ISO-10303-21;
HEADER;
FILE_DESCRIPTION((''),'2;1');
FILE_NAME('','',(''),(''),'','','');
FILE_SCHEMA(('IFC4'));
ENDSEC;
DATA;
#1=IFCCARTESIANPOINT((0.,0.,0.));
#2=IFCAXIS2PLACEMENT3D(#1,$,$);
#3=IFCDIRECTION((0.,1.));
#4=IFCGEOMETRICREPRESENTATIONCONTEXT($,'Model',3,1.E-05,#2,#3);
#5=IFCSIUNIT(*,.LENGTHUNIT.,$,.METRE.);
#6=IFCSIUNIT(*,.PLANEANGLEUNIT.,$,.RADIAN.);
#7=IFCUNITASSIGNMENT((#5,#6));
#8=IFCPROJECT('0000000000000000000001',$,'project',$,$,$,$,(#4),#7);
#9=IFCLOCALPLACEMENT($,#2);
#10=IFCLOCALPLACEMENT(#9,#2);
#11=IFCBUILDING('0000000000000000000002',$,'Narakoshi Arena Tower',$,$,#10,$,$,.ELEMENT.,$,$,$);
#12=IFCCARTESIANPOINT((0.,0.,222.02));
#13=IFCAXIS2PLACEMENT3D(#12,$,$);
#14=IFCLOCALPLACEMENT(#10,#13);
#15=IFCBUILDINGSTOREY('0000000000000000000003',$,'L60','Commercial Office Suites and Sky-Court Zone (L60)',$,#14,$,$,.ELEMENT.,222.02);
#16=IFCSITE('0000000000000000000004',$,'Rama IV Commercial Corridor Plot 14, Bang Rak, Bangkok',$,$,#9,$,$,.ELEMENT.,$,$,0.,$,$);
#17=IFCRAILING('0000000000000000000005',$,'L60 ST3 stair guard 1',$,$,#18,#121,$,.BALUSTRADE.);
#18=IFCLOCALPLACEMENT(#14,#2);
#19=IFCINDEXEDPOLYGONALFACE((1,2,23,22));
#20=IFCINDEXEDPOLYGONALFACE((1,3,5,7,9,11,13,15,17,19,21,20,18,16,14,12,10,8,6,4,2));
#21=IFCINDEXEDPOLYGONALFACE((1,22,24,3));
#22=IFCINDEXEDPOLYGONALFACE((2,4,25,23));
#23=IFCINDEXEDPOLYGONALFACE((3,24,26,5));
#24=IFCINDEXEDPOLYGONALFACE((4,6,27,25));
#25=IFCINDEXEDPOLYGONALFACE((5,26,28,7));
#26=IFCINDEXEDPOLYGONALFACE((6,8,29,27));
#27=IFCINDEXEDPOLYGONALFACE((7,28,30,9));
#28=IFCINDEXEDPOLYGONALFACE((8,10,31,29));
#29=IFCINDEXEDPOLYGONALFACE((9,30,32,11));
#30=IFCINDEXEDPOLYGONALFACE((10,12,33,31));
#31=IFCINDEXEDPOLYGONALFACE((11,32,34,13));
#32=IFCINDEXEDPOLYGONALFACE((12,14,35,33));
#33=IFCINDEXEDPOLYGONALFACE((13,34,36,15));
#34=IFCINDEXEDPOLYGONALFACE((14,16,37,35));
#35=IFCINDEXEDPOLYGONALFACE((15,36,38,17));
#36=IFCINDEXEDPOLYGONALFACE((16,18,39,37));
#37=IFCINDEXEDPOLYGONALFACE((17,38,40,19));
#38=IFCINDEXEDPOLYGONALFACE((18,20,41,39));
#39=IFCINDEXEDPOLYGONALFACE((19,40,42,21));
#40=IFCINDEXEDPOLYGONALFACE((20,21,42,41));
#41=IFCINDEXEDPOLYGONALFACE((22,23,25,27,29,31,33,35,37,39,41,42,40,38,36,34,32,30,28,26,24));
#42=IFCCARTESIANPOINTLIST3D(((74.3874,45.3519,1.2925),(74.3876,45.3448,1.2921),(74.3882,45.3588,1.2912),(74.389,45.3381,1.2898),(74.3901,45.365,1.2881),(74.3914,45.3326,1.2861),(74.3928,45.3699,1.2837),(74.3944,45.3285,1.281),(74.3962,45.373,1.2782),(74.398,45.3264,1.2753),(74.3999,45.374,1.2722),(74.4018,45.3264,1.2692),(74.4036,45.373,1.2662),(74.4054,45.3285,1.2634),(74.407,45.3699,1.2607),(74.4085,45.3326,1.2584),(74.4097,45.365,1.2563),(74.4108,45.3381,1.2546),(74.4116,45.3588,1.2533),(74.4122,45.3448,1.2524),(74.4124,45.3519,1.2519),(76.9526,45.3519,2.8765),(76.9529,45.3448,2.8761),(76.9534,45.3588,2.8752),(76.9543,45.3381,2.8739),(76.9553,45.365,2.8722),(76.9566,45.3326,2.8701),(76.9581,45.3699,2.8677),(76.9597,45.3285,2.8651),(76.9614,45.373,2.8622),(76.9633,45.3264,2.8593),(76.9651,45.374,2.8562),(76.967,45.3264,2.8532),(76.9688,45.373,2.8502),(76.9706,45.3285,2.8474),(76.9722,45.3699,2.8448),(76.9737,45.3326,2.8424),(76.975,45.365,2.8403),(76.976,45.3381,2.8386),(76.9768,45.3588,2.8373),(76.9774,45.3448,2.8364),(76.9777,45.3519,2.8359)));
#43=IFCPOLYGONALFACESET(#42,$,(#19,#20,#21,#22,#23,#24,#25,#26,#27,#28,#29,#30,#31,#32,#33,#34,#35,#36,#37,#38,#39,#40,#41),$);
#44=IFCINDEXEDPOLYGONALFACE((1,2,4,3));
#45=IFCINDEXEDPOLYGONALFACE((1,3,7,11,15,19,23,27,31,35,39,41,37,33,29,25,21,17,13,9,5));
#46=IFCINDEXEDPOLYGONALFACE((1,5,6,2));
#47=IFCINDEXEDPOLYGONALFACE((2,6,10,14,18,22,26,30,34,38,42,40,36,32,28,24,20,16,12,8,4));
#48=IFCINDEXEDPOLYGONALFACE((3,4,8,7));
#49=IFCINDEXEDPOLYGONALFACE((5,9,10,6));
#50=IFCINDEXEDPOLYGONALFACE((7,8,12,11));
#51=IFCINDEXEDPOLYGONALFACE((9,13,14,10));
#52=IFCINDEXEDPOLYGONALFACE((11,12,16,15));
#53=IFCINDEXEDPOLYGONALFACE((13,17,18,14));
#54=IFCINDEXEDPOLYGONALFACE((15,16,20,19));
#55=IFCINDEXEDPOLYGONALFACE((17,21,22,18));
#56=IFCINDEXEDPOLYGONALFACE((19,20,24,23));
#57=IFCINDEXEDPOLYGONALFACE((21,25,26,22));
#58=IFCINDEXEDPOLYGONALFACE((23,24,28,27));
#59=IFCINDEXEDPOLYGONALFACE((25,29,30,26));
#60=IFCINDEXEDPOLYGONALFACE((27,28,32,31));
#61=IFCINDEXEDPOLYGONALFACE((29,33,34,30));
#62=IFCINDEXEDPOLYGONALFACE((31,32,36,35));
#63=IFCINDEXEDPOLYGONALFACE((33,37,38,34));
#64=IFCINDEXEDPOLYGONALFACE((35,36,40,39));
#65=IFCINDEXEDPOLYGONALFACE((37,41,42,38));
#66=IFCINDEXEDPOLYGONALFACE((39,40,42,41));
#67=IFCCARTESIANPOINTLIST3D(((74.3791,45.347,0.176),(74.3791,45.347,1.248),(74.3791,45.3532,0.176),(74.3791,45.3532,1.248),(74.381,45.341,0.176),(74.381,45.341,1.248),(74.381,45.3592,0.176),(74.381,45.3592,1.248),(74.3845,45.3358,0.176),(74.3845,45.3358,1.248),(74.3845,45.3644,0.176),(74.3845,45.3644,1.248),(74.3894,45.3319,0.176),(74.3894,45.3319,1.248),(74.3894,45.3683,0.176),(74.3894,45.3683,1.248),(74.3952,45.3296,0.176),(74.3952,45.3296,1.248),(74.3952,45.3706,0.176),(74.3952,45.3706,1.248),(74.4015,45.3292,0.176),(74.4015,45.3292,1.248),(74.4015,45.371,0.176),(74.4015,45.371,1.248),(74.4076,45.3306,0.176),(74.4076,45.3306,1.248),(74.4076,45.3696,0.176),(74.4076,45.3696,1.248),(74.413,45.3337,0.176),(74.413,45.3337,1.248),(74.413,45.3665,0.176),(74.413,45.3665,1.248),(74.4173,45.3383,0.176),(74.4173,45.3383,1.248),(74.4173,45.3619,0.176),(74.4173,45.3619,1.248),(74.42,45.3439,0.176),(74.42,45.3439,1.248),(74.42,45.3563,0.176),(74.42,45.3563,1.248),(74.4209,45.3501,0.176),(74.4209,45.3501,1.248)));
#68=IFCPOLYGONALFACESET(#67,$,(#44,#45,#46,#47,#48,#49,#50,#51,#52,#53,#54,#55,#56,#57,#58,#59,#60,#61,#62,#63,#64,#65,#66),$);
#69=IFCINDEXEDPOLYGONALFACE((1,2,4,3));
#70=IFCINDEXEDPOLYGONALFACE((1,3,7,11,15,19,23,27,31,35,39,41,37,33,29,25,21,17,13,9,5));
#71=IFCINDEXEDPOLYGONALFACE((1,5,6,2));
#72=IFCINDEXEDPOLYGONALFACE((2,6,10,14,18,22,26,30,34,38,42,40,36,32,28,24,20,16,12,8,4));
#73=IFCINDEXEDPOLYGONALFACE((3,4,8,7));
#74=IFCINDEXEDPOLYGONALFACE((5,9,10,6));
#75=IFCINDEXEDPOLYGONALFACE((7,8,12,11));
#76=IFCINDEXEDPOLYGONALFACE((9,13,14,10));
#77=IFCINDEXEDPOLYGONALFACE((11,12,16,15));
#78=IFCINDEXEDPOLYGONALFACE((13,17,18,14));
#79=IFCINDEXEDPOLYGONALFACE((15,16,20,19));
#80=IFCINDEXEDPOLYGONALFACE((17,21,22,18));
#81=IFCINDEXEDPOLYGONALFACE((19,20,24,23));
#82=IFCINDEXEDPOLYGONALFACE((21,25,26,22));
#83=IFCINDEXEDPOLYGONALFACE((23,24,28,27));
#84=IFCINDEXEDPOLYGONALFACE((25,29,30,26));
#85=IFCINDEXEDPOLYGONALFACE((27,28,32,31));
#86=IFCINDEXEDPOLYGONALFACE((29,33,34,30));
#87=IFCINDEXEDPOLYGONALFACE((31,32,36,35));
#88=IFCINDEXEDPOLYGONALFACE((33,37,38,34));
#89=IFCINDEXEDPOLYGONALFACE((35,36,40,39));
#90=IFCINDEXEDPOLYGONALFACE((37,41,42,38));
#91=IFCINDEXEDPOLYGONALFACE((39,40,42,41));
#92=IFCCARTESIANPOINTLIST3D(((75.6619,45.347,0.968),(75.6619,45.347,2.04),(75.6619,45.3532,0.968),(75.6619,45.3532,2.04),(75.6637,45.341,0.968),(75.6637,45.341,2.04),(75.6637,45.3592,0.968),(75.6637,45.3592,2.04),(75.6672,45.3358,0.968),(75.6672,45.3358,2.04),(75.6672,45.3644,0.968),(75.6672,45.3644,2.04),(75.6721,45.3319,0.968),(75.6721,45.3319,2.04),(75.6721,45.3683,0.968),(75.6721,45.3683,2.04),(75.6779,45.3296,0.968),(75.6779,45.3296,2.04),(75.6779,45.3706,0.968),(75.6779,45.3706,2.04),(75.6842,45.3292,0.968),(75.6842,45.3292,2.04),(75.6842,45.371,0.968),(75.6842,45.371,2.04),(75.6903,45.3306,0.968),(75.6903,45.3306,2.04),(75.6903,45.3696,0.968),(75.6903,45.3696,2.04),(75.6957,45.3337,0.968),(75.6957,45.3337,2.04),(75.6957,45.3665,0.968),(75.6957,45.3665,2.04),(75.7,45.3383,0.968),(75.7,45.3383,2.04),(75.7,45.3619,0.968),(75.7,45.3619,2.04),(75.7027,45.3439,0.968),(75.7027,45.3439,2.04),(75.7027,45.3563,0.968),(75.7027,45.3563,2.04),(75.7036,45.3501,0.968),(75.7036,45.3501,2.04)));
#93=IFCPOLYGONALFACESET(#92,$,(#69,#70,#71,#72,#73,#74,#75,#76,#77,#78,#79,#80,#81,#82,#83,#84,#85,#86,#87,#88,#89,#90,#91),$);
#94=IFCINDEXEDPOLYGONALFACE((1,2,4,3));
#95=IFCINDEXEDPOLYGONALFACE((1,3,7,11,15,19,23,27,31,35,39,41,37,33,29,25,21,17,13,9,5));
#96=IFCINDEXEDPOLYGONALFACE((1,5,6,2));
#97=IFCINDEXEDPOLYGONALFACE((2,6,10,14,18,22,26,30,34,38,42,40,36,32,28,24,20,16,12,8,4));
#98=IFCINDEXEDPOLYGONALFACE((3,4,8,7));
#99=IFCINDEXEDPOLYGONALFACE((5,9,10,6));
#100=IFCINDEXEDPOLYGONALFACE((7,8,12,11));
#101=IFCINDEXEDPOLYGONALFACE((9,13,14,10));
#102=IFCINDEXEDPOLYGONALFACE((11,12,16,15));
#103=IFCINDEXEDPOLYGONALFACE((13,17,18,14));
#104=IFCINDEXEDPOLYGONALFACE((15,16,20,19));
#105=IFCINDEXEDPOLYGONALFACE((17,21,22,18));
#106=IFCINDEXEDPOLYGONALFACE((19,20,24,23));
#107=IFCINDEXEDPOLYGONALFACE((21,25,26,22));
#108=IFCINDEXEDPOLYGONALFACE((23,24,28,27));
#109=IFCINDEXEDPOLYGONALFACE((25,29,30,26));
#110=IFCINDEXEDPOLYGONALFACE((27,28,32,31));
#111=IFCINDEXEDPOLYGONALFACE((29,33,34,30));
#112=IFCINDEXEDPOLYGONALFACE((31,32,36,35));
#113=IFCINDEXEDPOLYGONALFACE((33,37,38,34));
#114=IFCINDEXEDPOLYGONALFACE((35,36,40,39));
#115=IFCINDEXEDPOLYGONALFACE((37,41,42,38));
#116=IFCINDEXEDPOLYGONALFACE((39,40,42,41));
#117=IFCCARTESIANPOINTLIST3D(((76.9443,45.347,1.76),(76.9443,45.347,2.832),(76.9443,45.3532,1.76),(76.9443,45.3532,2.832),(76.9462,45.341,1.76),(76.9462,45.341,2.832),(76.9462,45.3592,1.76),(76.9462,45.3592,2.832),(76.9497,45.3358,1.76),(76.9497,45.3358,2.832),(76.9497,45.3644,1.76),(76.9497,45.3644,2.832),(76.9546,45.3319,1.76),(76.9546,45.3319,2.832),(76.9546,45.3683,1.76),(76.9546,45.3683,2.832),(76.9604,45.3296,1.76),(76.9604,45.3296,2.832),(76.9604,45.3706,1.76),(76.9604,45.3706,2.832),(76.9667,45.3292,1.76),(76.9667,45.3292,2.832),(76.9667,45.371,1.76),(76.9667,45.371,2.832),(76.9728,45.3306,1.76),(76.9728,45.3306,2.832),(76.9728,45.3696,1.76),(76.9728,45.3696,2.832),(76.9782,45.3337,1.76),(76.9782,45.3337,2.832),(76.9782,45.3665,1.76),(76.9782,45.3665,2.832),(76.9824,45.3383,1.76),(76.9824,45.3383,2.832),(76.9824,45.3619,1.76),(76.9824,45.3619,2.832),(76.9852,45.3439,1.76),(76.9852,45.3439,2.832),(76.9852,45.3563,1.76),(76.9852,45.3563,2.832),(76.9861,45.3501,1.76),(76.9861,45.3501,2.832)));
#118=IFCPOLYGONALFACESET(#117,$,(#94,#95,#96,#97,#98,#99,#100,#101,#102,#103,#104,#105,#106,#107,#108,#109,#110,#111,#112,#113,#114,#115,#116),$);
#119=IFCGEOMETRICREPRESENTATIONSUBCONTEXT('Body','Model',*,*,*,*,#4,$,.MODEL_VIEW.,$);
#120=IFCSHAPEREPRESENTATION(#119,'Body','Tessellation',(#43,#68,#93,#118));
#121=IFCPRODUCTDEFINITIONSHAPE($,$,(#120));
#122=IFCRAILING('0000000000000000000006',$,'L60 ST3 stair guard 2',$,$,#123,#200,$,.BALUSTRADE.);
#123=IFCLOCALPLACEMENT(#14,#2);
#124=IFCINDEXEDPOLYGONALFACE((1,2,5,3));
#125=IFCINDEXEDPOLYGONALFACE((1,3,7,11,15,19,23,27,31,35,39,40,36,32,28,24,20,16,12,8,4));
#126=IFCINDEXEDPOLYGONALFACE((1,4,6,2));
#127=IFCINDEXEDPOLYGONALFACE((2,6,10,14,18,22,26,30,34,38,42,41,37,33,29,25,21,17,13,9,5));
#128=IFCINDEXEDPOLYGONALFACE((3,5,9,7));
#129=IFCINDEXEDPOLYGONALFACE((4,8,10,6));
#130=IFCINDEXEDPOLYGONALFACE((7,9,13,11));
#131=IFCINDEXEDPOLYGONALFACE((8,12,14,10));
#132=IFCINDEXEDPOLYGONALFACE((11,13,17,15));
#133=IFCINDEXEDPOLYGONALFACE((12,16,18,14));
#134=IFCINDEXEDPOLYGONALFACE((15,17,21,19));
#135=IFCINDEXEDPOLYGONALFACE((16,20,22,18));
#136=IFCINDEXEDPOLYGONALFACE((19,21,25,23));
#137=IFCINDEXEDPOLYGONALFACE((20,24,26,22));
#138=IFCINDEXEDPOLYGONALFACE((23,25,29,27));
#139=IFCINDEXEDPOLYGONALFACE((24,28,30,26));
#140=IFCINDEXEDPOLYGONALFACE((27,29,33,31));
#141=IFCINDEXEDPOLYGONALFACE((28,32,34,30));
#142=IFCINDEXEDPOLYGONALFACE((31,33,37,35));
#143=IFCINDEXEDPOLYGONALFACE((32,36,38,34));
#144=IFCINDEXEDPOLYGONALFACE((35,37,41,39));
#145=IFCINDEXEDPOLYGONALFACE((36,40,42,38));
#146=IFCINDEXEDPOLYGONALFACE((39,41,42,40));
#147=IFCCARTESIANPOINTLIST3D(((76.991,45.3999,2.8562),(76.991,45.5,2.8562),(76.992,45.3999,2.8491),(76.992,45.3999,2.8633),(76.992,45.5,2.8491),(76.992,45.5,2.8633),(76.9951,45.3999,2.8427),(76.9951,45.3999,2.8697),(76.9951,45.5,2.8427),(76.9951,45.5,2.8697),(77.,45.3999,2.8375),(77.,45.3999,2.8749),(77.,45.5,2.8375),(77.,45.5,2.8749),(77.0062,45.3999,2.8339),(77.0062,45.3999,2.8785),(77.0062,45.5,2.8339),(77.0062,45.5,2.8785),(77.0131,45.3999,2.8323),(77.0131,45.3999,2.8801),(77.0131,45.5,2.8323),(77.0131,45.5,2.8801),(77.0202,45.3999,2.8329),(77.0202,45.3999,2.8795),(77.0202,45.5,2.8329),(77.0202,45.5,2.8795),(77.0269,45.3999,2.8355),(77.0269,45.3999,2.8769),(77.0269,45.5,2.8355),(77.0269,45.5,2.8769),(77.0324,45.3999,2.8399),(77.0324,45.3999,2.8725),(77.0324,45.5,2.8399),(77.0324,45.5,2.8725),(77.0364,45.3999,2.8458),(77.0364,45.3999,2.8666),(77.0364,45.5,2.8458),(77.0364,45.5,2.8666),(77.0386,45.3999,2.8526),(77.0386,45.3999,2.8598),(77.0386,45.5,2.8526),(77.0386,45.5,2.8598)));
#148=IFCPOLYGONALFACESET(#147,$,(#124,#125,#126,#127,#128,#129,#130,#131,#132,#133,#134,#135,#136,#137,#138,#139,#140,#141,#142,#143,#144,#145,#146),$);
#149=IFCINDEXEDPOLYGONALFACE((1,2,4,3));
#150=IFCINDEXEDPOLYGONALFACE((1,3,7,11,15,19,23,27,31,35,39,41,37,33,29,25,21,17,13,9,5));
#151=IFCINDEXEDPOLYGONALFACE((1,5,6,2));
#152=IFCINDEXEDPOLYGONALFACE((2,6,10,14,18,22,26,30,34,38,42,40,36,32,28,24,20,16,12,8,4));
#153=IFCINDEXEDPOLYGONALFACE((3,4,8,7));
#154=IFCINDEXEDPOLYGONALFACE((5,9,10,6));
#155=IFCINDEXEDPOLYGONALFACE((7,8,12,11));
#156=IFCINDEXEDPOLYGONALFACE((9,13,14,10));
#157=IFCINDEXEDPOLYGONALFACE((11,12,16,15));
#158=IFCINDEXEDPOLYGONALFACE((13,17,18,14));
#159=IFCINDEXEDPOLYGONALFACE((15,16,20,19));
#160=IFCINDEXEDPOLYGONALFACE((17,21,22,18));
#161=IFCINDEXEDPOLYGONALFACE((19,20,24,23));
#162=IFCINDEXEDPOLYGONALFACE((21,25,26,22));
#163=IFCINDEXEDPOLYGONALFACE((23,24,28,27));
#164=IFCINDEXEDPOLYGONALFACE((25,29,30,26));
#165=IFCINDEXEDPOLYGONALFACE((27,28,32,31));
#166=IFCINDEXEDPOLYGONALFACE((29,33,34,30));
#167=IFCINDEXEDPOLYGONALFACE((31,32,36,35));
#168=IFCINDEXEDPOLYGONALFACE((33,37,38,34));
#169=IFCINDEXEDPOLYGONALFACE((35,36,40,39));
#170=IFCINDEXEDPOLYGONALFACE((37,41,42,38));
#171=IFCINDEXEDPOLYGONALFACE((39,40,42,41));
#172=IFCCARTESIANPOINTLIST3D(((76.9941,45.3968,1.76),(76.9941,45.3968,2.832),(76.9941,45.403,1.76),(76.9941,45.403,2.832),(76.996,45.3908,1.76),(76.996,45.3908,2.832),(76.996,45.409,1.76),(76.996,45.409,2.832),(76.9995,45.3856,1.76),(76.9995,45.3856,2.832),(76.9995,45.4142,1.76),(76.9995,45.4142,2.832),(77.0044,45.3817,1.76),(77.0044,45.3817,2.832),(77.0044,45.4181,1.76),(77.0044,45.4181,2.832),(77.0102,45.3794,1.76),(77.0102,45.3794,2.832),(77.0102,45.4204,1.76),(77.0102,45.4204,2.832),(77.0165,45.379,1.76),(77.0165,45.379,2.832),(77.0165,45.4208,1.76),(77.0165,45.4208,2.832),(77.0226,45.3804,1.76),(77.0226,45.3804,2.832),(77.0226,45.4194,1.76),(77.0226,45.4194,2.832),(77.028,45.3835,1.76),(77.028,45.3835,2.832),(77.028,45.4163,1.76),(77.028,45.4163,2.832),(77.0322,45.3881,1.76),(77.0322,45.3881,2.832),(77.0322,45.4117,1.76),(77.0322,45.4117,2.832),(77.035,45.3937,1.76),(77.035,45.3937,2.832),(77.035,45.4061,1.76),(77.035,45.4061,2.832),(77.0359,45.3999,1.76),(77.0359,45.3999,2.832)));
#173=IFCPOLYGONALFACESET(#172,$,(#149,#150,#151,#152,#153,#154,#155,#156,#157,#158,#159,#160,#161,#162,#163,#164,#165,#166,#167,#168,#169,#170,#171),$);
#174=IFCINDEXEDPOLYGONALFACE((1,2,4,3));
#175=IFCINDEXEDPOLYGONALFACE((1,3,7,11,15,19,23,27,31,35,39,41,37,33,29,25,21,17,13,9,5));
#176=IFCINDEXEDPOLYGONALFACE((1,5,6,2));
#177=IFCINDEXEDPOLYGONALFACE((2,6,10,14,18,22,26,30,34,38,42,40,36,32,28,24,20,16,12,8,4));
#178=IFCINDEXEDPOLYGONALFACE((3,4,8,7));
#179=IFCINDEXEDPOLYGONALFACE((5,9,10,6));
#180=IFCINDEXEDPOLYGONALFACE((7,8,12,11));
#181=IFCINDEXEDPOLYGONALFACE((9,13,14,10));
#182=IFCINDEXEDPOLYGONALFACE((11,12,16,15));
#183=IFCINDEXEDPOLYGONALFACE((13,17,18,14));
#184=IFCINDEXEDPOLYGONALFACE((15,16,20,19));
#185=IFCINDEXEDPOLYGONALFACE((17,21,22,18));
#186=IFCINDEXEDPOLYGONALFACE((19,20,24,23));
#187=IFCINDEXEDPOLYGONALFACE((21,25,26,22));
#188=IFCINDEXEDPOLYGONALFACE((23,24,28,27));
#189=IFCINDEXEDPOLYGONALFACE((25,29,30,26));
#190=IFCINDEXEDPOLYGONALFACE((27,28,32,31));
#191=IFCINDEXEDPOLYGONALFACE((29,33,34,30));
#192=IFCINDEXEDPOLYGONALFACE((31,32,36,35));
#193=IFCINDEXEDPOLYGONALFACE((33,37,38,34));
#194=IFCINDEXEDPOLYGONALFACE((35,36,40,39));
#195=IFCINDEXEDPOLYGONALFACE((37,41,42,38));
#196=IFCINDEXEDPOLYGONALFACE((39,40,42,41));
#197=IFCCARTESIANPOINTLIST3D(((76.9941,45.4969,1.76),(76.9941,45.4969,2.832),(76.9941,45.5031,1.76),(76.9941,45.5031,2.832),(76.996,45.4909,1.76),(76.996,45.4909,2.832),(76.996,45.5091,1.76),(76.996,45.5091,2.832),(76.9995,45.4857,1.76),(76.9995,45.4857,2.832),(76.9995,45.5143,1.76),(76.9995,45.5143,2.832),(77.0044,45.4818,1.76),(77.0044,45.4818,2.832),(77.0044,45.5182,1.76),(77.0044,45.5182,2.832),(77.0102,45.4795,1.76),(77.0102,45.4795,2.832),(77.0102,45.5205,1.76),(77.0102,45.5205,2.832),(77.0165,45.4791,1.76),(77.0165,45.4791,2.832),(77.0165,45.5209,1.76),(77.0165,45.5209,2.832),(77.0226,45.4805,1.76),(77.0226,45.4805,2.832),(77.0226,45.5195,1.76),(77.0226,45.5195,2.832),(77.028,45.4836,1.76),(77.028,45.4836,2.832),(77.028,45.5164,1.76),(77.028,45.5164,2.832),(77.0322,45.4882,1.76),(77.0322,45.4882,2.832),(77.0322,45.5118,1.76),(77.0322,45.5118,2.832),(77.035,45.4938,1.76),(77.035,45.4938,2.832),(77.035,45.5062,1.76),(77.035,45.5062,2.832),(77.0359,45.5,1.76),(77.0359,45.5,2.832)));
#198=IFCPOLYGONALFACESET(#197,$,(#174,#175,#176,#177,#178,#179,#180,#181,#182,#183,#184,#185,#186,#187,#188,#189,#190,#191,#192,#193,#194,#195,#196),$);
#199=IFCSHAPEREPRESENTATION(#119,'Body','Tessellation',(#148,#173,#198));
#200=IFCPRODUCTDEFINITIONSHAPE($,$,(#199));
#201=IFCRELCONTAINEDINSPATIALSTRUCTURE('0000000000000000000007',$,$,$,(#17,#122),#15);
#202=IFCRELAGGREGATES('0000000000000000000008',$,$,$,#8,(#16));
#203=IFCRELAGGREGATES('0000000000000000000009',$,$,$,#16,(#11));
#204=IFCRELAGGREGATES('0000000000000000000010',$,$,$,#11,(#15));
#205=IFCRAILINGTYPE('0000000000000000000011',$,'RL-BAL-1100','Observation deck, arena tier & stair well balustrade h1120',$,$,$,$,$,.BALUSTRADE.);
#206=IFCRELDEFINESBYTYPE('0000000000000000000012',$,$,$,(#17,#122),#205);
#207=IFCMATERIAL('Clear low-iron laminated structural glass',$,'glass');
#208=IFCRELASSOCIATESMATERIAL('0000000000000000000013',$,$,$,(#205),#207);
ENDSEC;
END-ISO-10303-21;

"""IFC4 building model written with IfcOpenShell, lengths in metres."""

from ifc_helpers import new_model, si_unit, direction, frame, origin, origin_2d, place, context, subcontext, project, spatial, circle, extrude, material, type_object, element, save


model = new_model("IFC4")

# Units and contexts
model_context = context("Model", 3, precision=1e-05, world=origin(), true_north=direction((0.0, 1.0)))
body_context = subcontext(model_context, "Body", "Model", "MODEL_VIEW")
ifc_project = project(units=[si_unit("LENGTHUNIT", "METRE"), si_unit("PLANEANGLEUNIT", "RADIAN")], contexts=[model_context])

# Site, building, storey
site_placement = place(None, origin())
site = spatial("IfcSite", under=ifc_project, at=site_placement, Name="Rama IV Commercial Corridor Plot 14, Bang Rak, Bangkok", CompositionType="ELEMENT", RefElevation=0.0)
building_placement = place(site_placement, origin())
building = spatial("IfcBuilding", under=site, at=building_placement, Name="Narakoshi Arena Tower", CompositionType="ELEMENT")
storey_placement = place(building_placement, frame((0.0, 0.0, 222.02)))
storey = spatial("IfcBuildingStorey", under=building, at=storey_placement, Name="L60", Description="Commercial Office Suites and Sky-Court Zone (L60)", CompositionType="ELEMENT", Elevation=222.02)

# Railings
ifc_material_1 = material(Name="Clear low-iron laminated structural glass", Category="glass")
railing_type_1 = type_object("IfcRailingType", Name="RL-BAL-1100", Description="Observation deck, arena tier & stair well balustrade h1120", PredefinedType="BALUSTRADE", material=ifc_material_1)
railing_1_placement = place(storey_placement, frame((74.3999, 45.3501, 0.176)))
element("IfcRailing", 1, at=railing_1_placement, inside=storey, type_object=railing_type_1, Name="L60 ST3 stair guard 1", PredefinedType="BALUSTRADE", context=body_context, shape_type="SweptSolid", body=[
    extrude(circle(Radius=0.0239, at=origin_2d()), frame((0.0, 0.0, 1.0962), z_axis=(0.850857, 0.0, 0.525398), x_axis=(0.0, 1.0, 0.0)), (0.0, 0.0, 1.0), 3.0149),
    extrude(circle(Radius=0.021, at=origin_2d()), origin(), (0.0, 0.0, 1.0), 1.072),
    extrude(circle(Radius=0.021, at=origin_2d()), frame((1.2827, 0.0, 0.792)), (0.0, 0.0, 1.0), 1.072),
    extrude(circle(Radius=0.021, at=origin_2d()), frame((2.5652, 0.0, 1.584)), (0.0, 0.0, 1.0), 1.072),
])
railing_2_placement = place(storey_placement, frame((77.0149, 45.3999, 1.76)))
element("IfcRailing", 2, at=railing_2_placement, inside=storey, type_object=railing_type_1, Name="L60 ST3 stair guard 2", PredefinedType="BALUSTRADE", context=body_context, shape_type="SweptSolid", body=[
    extrude(circle(Radius=0.0239, at=origin_2d()), frame((0.0, 0.0, 1.0962), z_axis=(0.0, 1.0, 0.0), x_axis=(-1.0, 0.0, 0.0)), (0.0, 0.0, 1.0), 0.1001),
    extrude(circle(Radius=0.021, at=origin_2d()), origin(), (0.0, 0.0, 1.0), 1.072),
    extrude(circle(Radius=0.021, at=origin_2d()), frame((0.0, 0.1001, 0.0)), (0.0, 0.0, 1.0), 1.072),
])

save(model, "model.ifc")
